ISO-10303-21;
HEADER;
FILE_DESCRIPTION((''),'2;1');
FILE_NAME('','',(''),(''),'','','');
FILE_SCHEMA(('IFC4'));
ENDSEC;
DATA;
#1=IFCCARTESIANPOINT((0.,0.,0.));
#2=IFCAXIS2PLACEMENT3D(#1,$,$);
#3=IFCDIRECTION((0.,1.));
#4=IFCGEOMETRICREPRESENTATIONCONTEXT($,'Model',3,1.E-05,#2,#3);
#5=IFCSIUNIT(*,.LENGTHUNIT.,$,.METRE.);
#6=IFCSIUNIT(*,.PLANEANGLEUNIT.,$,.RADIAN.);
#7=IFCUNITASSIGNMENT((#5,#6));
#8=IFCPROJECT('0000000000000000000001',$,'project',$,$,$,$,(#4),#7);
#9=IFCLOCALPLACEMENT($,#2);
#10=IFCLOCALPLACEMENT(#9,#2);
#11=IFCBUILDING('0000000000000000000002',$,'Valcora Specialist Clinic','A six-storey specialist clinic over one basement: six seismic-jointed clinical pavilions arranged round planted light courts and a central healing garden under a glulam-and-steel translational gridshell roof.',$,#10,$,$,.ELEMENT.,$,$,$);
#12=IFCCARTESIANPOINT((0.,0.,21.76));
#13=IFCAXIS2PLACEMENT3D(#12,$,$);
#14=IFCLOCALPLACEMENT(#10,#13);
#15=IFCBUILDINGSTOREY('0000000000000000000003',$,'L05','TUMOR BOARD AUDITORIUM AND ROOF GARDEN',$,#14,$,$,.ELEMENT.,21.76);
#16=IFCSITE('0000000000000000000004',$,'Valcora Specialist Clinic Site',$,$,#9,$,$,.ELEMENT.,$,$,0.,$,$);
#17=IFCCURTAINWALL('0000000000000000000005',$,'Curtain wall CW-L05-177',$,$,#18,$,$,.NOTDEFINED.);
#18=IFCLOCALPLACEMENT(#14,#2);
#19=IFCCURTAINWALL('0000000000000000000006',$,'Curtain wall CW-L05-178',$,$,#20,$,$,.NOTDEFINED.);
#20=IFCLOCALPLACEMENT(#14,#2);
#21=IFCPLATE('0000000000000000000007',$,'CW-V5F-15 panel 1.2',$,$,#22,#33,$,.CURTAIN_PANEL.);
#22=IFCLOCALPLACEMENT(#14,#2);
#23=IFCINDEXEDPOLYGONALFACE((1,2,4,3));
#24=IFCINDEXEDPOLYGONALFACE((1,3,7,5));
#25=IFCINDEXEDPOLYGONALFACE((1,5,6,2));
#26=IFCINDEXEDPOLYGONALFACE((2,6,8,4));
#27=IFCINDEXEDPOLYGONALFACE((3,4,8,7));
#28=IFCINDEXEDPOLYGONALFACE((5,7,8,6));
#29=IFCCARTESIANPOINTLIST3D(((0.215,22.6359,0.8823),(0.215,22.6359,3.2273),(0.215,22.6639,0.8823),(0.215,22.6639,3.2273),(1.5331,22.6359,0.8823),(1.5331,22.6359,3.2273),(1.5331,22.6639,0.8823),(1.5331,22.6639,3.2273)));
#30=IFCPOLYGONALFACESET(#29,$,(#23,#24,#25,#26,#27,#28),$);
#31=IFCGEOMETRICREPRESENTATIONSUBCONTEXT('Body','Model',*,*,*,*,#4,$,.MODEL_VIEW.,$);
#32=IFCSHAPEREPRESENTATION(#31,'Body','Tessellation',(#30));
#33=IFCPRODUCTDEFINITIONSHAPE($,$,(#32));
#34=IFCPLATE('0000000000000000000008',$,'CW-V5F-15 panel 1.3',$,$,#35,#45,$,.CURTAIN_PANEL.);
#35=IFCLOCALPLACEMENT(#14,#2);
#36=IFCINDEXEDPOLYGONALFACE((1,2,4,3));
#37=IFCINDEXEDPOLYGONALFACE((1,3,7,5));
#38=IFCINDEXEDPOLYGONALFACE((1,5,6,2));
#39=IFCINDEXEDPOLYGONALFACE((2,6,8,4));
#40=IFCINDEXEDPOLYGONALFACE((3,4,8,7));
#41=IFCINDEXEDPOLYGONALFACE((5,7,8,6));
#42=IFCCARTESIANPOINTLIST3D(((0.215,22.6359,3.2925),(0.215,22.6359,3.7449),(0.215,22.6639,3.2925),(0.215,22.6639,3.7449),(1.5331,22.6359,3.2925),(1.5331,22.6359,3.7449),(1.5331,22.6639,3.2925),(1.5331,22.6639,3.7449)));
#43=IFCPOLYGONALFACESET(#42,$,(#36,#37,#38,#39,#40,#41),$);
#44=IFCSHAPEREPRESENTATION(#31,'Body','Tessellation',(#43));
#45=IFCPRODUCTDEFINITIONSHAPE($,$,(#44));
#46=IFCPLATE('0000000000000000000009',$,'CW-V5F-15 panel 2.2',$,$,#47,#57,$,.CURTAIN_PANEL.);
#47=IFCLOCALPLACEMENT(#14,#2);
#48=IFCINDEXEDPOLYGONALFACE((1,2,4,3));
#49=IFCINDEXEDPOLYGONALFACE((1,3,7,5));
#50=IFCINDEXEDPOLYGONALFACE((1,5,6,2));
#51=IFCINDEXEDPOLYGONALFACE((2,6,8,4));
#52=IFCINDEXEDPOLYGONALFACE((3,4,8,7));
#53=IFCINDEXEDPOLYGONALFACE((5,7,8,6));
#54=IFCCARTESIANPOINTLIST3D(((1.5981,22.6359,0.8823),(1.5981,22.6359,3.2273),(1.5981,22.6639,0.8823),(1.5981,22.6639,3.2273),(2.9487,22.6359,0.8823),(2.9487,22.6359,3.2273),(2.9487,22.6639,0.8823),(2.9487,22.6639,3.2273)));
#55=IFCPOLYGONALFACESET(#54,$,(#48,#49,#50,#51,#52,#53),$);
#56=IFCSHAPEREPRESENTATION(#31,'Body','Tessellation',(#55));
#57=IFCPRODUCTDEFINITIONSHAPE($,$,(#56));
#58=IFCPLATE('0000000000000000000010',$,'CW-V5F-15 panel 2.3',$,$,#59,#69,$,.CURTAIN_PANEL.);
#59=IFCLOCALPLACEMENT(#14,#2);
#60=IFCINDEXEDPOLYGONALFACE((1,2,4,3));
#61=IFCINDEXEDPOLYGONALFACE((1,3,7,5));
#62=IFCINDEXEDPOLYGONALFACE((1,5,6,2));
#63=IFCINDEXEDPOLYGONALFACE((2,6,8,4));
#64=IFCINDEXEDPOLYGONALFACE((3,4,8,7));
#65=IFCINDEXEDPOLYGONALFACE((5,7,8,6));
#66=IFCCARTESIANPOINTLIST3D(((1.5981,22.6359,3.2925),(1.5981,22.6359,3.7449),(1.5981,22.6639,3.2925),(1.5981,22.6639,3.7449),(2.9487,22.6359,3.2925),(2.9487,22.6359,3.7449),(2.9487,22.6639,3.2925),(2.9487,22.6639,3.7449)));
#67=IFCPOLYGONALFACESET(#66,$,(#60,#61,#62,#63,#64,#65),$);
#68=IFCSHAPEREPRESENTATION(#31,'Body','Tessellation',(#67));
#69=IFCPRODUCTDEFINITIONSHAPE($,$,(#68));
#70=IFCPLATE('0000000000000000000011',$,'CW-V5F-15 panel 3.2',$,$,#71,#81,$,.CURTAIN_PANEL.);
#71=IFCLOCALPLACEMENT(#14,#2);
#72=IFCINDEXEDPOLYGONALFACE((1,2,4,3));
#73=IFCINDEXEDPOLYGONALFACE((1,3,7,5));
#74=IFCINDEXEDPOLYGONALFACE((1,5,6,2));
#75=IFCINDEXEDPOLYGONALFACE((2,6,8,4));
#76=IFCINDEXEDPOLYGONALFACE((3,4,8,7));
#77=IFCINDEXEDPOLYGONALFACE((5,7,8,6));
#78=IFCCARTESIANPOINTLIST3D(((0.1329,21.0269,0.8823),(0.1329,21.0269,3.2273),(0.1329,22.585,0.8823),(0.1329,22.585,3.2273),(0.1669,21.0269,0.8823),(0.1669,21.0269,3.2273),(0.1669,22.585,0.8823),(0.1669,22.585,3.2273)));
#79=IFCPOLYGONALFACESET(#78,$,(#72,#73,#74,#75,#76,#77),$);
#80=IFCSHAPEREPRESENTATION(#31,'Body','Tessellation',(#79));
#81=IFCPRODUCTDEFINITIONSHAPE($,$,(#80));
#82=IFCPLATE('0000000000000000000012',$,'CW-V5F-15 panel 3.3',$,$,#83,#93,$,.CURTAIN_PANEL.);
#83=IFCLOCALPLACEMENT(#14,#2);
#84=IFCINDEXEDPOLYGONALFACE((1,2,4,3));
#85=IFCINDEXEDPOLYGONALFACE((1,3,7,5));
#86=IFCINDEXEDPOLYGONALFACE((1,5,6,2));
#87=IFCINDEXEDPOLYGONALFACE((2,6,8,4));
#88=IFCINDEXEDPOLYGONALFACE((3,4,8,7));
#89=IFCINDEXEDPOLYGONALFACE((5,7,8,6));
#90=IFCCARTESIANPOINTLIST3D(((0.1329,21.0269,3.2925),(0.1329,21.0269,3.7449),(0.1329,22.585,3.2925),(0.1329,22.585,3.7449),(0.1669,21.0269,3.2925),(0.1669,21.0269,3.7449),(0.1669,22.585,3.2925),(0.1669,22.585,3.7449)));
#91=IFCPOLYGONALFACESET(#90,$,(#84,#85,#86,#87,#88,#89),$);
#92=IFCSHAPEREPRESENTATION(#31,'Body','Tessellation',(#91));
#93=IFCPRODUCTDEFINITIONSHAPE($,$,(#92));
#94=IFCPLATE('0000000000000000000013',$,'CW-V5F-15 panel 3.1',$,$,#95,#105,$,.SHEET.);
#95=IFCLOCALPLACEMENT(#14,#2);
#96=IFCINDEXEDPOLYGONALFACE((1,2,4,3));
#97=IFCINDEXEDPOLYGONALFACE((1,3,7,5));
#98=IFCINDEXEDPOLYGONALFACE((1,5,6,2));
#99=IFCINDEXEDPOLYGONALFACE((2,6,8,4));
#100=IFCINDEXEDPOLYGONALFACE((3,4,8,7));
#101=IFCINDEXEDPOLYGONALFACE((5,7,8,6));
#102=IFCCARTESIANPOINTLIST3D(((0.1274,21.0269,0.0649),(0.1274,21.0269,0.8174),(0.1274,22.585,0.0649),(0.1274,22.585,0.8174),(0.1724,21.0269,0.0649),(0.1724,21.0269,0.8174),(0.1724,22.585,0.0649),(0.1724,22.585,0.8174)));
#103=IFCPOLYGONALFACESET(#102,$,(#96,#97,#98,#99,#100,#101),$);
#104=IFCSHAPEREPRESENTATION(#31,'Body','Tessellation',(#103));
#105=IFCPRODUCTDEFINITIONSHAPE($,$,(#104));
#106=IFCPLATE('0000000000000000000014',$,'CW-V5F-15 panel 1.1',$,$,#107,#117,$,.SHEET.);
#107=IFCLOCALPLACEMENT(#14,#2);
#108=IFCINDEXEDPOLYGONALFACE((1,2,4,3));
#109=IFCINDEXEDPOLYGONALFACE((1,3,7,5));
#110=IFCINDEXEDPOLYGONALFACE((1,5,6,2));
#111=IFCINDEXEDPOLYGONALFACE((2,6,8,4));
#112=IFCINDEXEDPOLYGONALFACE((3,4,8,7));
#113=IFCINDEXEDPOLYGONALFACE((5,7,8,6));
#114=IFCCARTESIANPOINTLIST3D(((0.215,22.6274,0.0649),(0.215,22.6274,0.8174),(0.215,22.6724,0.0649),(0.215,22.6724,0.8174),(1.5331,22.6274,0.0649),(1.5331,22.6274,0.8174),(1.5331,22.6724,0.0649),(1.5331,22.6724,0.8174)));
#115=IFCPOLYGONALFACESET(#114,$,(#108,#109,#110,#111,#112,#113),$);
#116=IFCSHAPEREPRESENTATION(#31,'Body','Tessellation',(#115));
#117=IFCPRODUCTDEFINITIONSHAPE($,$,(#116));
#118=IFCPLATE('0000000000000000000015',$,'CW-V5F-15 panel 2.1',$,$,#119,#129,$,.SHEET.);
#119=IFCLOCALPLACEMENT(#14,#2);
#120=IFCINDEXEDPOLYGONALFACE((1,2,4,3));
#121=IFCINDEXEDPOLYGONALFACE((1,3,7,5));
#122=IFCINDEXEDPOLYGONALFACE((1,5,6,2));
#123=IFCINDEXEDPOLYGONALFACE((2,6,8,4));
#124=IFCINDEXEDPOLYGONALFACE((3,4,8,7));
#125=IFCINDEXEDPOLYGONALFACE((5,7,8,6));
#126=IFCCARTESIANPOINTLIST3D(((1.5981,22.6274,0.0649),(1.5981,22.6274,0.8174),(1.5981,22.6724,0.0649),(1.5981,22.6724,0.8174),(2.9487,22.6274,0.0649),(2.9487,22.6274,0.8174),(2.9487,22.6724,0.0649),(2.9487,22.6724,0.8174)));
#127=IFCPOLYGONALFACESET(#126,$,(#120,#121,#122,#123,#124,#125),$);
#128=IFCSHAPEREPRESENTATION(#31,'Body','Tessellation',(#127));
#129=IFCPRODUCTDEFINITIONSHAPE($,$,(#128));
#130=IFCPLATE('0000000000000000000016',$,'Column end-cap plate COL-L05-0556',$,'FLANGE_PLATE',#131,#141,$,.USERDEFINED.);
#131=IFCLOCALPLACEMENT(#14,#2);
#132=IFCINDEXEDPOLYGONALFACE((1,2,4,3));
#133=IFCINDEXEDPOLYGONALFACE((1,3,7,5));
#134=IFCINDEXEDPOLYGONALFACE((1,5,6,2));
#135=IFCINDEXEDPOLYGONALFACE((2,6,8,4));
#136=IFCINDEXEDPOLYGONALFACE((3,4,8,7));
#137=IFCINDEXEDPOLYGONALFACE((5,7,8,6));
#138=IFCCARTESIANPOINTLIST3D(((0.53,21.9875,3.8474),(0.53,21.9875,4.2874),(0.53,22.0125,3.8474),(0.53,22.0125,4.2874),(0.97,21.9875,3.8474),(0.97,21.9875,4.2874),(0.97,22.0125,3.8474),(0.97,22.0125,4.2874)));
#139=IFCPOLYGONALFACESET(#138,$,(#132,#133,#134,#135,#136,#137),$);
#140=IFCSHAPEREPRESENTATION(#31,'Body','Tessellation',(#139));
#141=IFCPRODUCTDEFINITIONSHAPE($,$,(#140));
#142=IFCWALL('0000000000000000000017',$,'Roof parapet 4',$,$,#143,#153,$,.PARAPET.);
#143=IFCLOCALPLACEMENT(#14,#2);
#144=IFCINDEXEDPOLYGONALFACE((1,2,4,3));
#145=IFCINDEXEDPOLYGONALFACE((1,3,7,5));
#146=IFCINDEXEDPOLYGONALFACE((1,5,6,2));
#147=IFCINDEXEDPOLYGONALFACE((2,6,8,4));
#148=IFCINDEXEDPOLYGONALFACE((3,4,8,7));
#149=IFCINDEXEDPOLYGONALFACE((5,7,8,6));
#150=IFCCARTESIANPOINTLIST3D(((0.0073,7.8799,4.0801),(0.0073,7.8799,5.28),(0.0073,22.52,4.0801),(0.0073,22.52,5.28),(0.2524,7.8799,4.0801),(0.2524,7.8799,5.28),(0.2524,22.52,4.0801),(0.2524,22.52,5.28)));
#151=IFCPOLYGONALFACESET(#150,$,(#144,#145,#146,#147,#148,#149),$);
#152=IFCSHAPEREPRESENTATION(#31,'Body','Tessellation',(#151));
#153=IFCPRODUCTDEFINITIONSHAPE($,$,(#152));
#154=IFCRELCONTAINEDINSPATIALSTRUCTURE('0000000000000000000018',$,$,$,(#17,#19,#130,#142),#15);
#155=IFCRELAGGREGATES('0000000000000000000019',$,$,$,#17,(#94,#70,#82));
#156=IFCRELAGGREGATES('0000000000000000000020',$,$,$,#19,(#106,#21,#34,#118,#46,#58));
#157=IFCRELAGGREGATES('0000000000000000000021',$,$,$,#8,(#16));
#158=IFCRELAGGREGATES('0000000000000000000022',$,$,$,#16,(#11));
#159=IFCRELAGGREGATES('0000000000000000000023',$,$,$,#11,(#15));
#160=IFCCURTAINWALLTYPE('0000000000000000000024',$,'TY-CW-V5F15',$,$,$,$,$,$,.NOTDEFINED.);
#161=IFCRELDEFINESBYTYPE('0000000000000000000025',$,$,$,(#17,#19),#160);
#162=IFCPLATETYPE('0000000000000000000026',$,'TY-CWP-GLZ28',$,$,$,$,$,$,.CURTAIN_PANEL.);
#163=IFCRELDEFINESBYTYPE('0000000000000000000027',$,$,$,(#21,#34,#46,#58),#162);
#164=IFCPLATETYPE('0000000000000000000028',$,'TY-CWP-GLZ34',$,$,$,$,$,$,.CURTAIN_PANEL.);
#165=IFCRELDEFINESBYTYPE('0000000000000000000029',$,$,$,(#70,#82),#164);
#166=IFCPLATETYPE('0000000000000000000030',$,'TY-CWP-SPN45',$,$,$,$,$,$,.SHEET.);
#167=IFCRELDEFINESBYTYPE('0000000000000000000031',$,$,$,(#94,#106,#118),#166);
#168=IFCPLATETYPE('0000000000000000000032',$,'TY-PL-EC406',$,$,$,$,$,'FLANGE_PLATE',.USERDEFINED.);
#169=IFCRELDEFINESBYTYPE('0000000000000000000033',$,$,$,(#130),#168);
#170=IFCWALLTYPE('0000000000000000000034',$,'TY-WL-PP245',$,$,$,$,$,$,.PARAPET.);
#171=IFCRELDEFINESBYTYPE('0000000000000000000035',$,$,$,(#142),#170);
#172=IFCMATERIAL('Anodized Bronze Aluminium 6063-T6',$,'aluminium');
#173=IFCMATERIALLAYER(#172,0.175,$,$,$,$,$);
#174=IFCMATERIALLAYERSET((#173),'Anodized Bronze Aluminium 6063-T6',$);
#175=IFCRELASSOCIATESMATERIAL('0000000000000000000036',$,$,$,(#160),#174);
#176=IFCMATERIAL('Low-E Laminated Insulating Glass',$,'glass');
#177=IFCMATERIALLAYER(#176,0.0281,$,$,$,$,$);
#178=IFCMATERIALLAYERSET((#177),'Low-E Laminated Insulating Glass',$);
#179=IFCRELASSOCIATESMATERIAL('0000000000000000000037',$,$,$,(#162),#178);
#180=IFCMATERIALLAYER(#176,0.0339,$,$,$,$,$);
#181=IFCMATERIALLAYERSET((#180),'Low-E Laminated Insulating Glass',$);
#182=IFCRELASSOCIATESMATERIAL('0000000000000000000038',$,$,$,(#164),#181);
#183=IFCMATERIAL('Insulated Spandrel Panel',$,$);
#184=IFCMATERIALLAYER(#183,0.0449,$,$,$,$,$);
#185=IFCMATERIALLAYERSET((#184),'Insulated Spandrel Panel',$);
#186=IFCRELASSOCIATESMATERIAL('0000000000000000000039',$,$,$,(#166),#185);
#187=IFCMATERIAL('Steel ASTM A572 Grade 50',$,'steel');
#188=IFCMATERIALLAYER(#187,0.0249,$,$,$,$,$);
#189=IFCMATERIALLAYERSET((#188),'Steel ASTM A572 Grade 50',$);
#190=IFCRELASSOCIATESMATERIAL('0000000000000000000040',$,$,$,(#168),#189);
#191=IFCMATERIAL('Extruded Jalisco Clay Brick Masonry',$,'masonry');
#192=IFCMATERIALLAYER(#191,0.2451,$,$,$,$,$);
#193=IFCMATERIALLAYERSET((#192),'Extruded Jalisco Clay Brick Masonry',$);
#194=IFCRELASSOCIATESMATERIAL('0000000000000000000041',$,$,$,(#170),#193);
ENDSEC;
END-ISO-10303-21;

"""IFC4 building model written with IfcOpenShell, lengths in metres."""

from ifc_helpers import new_model, si_unit, direction, frame, frame_2d, origin, origin_2d, place, context, subcontext, project, spatial, rectangle, extrude, material, layer, layer_set, type_object, element, aggregate, save


model = new_model("IFC4")

# Units and contexts
model_context = context("Model", 3, precision=1e-05, world=origin(), true_north=direction((0.0, 1.0)))
body_context = subcontext(model_context, "Body", "Model", "MODEL_VIEW")
ifc_project = project(units=[si_unit("LENGTHUNIT", "METRE"), si_unit("PLANEANGLEUNIT", "RADIAN")], contexts=[model_context])

# Site, building, storey
site_placement = place(None, origin())
site = spatial("IfcSite", under=ifc_project, at=site_placement, Name="Valcora Specialist Clinic Site", CompositionType="ELEMENT", RefElevation=0.0)
building_placement = place(site_placement, origin())
building = spatial("IfcBuilding", under=site, at=building_placement, Name="Valcora Specialist Clinic", Description="A six-storey specialist clinic over one basement: six seismic-jointed clinical pavilions arranged round planted light courts and a central healing garden under a glulam-and-steel translational gridshell roof.", CompositionType="ELEMENT")
storey_placement = place(building_placement, frame((0.0, 0.0, 21.76)))
storey = spatial("IfcBuildingStorey", under=building, at=storey_placement, Name="L05", Description="TUMOR BOARD AUDITORIUM AND ROOF GARDEN", CompositionType="ELEMENT", Elevation=21.76)

# Curtain wall
ifc_material_1 = material(Name="Anodized Bronze Aluminium 6063-T6", Category="aluminium")
ifc_layer_1 = layer(ifc_material_1, 0.175)
ifc_layer_set_1 = layer_set([ifc_layer_1], Name="Anodized Bronze Aluminium 6063-T6")
curtain_wall_type = type_object("IfcCurtainWallType", Name="TY-CW-V5F15", PredefinedType="NOTDEFINED", material=ifc_layer_set_1)
curtain_wall_1_placement = place(storey_placement, origin())
curtain_wall_1 = element("IfcCurtainWall", 1, at=curtain_wall_1_placement, inside=storey, type_object=curtain_wall_type, Name="Curtain wall CW-L05-177", PredefinedType="NOTDEFINED")

# Curtain wall
curtain_wall_2_placement = place(storey_placement, origin())
curtain_wall_2 = element("IfcCurtainWall", 2, at=curtain_wall_2_placement, inside=storey, type_object=curtain_wall_type, Name="Curtain wall CW-L05-178", PredefinedType="NOTDEFINED")

# Plates
ifc_material_2 = material(Name="Low-E Laminated Insulating Glass", Category="glass")
ifc_layer_2 = layer(ifc_material_2, 0.0281)
ifc_layer_set_2 = layer_set([ifc_layer_2], Name="Low-E Laminated Insulating Glass")
plate_type_1 = type_object("IfcPlateType", Name="TY-CWP-GLZ28", PredefinedType="CURTAIN_PANEL", material=ifc_layer_set_2)
plate_1_placement = place(storey_placement, frame((0.874, 22.6499, 0.8823), z_axis=(0.0, 0.0, 1.0), x_axis=(1.0, 0.0, 0.0)))
plate_1 = element("IfcPlate", 3, at=plate_1_placement, type_object=plate_type_1, Name="CW-V5F-15 panel 1.2", PredefinedType="CURTAIN_PANEL", context=body_context, shape_type="SweptSolid", body=[
    extrude(rectangle(XDim=1.3181, YDim=0.0281, at=origin_2d()), origin(), (0.0, 0.0, 1.0), 2.345),
])
plate_2_placement = place(storey_placement, frame((0.874, 22.6499, 3.2925), z_axis=(0.0, 0.0, 1.0), x_axis=(1.0, 0.0, 0.0)))
plate_2 = element("IfcPlate", 4, at=plate_2_placement, type_object=plate_type_1, Name="CW-V5F-15 panel 1.3", PredefinedType="CURTAIN_PANEL", context=body_context, shape_type="SweptSolid", body=[
    extrude(rectangle(XDim=1.3181, YDim=0.0281, at=origin_2d()), origin(), (0.0, 0.0, 1.0), 0.4524),
])
plate_3_placement = place(storey_placement, frame((2.2734, 22.6499, 0.8823), z_axis=(0.0, 0.0, 1.0), x_axis=(1.0, 0.0, 0.0)))
plate_3 = element("IfcPlate", 5, at=plate_3_placement, type_object=plate_type_1, Name="CW-V5F-15 panel 2.2", PredefinedType="CURTAIN_PANEL", context=body_context, shape_type="SweptSolid", body=[
    extrude(rectangle(XDim=1.3506, YDim=0.0281, at=origin_2d()), origin(), (0.0, 0.0, 1.0), 2.345),
])
plate_4_placement = place(storey_placement, frame((2.2734, 22.6499, 3.2925), z_axis=(0.0, 0.0, 1.0), x_axis=(1.0, 0.0, 0.0)))
plate_4 = element("IfcPlate", 6, at=plate_4_placement, type_object=plate_type_1, Name="CW-V5F-15 panel 2.3", PredefinedType="CURTAIN_PANEL", context=body_context, shape_type="SweptSolid", body=[
    extrude(rectangle(XDim=1.3506, YDim=0.0281, at=origin_2d()), origin(), (0.0, 0.0, 1.0), 0.4524),
])
ifc_layer_3 = layer(ifc_material_2, 0.0339)
ifc_layer_set_3 = layer_set([ifc_layer_3], Name="Low-E Laminated Insulating Glass")
plate_type_2 = type_object("IfcPlateType", Name="TY-CWP-GLZ34", PredefinedType="CURTAIN_PANEL", material=ifc_layer_set_3)
plate_5_placement = place(storey_placement, frame((0.1499, 21.8059, 0.8823), z_axis=(0.0, 0.0, 1.0), x_axis=(0.0, 1.0, 0.0)))
plate_5 = element("IfcPlate", 7, at=plate_5_placement, type_object=plate_type_2, Name="CW-V5F-15 panel 3.2", PredefinedType="CURTAIN_PANEL", context=body_context, shape_type="SweptSolid", body=[
    extrude(rectangle(XDim=1.5581, YDim=0.0339, at=origin_2d()), origin(), (0.0, 0.0, 1.0), 2.345),
])
plate_6_placement = place(storey_placement, frame((0.1499, 21.8059, 3.2925), z_axis=(0.0, 0.0, 1.0), x_axis=(0.0, 1.0, 0.0)))
plate_6 = element("IfcPlate", 8, at=plate_6_placement, type_object=plate_type_2, Name="CW-V5F-15 panel 3.3", PredefinedType="CURTAIN_PANEL", context=body_context, shape_type="SweptSolid", body=[
    extrude(rectangle(XDim=1.5581, YDim=0.0339, at=origin_2d()), origin(), (0.0, 0.0, 1.0), 0.4524),
])
ifc_material_3 = material(Name="Insulated Spandrel Panel")
ifc_layer_4 = layer(ifc_material_3, 0.0449)
ifc_layer_set_4 = layer_set([ifc_layer_4], Name="Insulated Spandrel Panel")
plate_type_3 = type_object("IfcPlateType", Name="TY-CWP-SPN45", PredefinedType="SHEET", material=ifc_layer_set_4)
plate_7_placement = place(storey_placement, frame((0.1499, 21.8059, 0.0649), z_axis=(0.0, 0.0, 1.0), x_axis=(0.0, 1.0, 0.0)))
plate_7 = element("IfcPlate", 9, at=plate_7_placement, type_object=plate_type_3, Name="CW-V5F-15 panel 3.1", PredefinedType="SHEET", context=body_context, shape_type="SweptSolid", body=[
    extrude(rectangle(XDim=1.5581, YDim=0.0449, at=origin_2d()), origin(), (0.0, 0.0, 1.0), 0.7524),
])
aggregate(curtain_wall_1, [plate_7, plate_5, plate_6])
plate_8_placement = place(storey_placement, frame((0.874, 22.6499, 0.0649), z_axis=(0.0, 0.0, 1.0), x_axis=(1.0, 0.0, 0.0)))
plate_8 = element("IfcPlate", 10, at=plate_8_placement, type_object=plate_type_3, Name="CW-V5F-15 panel 1.1", PredefinedType="SHEET", context=body_context, shape_type="SweptSolid", body=[
    extrude(rectangle(XDim=1.3181, YDim=0.0449, at=origin_2d()), origin(), (0.0, 0.0, 1.0), 0.7524),
])
plate_9_placement = place(storey_placement, frame((2.2734, 22.6499, 0.0649), z_axis=(0.0, 0.0, 1.0), x_axis=(1.0, 0.0, 0.0)))
plate_9 = element("IfcPlate", 11, at=plate_9_placement, type_object=plate_type_3, Name="CW-V5F-15 panel 2.1", PredefinedType="SHEET", context=body_context, shape_type="SweptSolid", body=[
    extrude(rectangle(XDim=1.3506, YDim=0.0449, at=origin_2d()), origin(), (0.0, 0.0, 1.0), 0.7524),
])
aggregate(curtain_wall_2, [plate_8, plate_1, plate_2, plate_9, plate_3, plate_4])
ifc_material_4 = material(Name="Steel ASTM A572 Grade 50", Category="steel")
ifc_layer_5 = layer(ifc_material_4, 0.0249)
ifc_layer_set_5 = layer_set([ifc_layer_5], Name="Steel ASTM A572 Grade 50")
plate_type_4 = type_object("IfcPlateType", Name="TY-PL-EC406", ElementType="FLANGE_PLATE", PredefinedType="USERDEFINED", material=ifc_layer_set_5)
plate_10_placement = place(storey_placement, frame((0.75, 22.0, 3.8474), z_axis=(0.0, 0.0, 1.0), x_axis=(1.0, 0.0, 0.0)))
element("IfcPlate", 12, at=plate_10_placement, inside=storey, type_object=plate_type_4, Name="Column end-cap plate COL-L05-0556", ObjectType="FLANGE_PLATE", PredefinedType="USERDEFINED", context=body_context, shape_type="SweptSolid", body=[
    extrude(rectangle(XDim=0.4399, YDim=0.0249, at=origin_2d()), origin(), (0.0, 0.0, 1.0), 0.4399),
])

# Wall
ifc_material_5 = material(Name="Extruded Jalisco Clay Brick Masonry", Category="masonry")
ifc_layer_6 = layer(ifc_material_5, 0.2451)
ifc_layer_set_6 = layer_set([ifc_layer_6], Name="Extruded Jalisco Clay Brick Masonry")
wall_type = type_object("IfcWallType", Name="TY-WL-PP245", PredefinedType="PARAPET", material=ifc_layer_set_6)
wall_placement = place(storey_placement, frame((0.1299, 22.52, 4.0801), z_axis=(0.0, 0.0, 1.0), x_axis=(0.0, -1.0, 0.0)))
element("IfcWall", 13, at=wall_placement, inside=storey, type_object=wall_type, Name="Roof parapet 4", PredefinedType="PARAPET", context=body_context, shape_type="SweptSolid", body=[
    extrude(rectangle(XDim=14.6401, YDim=0.2451, at=frame_2d((7.3201, 0.0))), origin(), (0.0, 0.0, 1.0), 1.2),
])

save(model, "model.ifc")
